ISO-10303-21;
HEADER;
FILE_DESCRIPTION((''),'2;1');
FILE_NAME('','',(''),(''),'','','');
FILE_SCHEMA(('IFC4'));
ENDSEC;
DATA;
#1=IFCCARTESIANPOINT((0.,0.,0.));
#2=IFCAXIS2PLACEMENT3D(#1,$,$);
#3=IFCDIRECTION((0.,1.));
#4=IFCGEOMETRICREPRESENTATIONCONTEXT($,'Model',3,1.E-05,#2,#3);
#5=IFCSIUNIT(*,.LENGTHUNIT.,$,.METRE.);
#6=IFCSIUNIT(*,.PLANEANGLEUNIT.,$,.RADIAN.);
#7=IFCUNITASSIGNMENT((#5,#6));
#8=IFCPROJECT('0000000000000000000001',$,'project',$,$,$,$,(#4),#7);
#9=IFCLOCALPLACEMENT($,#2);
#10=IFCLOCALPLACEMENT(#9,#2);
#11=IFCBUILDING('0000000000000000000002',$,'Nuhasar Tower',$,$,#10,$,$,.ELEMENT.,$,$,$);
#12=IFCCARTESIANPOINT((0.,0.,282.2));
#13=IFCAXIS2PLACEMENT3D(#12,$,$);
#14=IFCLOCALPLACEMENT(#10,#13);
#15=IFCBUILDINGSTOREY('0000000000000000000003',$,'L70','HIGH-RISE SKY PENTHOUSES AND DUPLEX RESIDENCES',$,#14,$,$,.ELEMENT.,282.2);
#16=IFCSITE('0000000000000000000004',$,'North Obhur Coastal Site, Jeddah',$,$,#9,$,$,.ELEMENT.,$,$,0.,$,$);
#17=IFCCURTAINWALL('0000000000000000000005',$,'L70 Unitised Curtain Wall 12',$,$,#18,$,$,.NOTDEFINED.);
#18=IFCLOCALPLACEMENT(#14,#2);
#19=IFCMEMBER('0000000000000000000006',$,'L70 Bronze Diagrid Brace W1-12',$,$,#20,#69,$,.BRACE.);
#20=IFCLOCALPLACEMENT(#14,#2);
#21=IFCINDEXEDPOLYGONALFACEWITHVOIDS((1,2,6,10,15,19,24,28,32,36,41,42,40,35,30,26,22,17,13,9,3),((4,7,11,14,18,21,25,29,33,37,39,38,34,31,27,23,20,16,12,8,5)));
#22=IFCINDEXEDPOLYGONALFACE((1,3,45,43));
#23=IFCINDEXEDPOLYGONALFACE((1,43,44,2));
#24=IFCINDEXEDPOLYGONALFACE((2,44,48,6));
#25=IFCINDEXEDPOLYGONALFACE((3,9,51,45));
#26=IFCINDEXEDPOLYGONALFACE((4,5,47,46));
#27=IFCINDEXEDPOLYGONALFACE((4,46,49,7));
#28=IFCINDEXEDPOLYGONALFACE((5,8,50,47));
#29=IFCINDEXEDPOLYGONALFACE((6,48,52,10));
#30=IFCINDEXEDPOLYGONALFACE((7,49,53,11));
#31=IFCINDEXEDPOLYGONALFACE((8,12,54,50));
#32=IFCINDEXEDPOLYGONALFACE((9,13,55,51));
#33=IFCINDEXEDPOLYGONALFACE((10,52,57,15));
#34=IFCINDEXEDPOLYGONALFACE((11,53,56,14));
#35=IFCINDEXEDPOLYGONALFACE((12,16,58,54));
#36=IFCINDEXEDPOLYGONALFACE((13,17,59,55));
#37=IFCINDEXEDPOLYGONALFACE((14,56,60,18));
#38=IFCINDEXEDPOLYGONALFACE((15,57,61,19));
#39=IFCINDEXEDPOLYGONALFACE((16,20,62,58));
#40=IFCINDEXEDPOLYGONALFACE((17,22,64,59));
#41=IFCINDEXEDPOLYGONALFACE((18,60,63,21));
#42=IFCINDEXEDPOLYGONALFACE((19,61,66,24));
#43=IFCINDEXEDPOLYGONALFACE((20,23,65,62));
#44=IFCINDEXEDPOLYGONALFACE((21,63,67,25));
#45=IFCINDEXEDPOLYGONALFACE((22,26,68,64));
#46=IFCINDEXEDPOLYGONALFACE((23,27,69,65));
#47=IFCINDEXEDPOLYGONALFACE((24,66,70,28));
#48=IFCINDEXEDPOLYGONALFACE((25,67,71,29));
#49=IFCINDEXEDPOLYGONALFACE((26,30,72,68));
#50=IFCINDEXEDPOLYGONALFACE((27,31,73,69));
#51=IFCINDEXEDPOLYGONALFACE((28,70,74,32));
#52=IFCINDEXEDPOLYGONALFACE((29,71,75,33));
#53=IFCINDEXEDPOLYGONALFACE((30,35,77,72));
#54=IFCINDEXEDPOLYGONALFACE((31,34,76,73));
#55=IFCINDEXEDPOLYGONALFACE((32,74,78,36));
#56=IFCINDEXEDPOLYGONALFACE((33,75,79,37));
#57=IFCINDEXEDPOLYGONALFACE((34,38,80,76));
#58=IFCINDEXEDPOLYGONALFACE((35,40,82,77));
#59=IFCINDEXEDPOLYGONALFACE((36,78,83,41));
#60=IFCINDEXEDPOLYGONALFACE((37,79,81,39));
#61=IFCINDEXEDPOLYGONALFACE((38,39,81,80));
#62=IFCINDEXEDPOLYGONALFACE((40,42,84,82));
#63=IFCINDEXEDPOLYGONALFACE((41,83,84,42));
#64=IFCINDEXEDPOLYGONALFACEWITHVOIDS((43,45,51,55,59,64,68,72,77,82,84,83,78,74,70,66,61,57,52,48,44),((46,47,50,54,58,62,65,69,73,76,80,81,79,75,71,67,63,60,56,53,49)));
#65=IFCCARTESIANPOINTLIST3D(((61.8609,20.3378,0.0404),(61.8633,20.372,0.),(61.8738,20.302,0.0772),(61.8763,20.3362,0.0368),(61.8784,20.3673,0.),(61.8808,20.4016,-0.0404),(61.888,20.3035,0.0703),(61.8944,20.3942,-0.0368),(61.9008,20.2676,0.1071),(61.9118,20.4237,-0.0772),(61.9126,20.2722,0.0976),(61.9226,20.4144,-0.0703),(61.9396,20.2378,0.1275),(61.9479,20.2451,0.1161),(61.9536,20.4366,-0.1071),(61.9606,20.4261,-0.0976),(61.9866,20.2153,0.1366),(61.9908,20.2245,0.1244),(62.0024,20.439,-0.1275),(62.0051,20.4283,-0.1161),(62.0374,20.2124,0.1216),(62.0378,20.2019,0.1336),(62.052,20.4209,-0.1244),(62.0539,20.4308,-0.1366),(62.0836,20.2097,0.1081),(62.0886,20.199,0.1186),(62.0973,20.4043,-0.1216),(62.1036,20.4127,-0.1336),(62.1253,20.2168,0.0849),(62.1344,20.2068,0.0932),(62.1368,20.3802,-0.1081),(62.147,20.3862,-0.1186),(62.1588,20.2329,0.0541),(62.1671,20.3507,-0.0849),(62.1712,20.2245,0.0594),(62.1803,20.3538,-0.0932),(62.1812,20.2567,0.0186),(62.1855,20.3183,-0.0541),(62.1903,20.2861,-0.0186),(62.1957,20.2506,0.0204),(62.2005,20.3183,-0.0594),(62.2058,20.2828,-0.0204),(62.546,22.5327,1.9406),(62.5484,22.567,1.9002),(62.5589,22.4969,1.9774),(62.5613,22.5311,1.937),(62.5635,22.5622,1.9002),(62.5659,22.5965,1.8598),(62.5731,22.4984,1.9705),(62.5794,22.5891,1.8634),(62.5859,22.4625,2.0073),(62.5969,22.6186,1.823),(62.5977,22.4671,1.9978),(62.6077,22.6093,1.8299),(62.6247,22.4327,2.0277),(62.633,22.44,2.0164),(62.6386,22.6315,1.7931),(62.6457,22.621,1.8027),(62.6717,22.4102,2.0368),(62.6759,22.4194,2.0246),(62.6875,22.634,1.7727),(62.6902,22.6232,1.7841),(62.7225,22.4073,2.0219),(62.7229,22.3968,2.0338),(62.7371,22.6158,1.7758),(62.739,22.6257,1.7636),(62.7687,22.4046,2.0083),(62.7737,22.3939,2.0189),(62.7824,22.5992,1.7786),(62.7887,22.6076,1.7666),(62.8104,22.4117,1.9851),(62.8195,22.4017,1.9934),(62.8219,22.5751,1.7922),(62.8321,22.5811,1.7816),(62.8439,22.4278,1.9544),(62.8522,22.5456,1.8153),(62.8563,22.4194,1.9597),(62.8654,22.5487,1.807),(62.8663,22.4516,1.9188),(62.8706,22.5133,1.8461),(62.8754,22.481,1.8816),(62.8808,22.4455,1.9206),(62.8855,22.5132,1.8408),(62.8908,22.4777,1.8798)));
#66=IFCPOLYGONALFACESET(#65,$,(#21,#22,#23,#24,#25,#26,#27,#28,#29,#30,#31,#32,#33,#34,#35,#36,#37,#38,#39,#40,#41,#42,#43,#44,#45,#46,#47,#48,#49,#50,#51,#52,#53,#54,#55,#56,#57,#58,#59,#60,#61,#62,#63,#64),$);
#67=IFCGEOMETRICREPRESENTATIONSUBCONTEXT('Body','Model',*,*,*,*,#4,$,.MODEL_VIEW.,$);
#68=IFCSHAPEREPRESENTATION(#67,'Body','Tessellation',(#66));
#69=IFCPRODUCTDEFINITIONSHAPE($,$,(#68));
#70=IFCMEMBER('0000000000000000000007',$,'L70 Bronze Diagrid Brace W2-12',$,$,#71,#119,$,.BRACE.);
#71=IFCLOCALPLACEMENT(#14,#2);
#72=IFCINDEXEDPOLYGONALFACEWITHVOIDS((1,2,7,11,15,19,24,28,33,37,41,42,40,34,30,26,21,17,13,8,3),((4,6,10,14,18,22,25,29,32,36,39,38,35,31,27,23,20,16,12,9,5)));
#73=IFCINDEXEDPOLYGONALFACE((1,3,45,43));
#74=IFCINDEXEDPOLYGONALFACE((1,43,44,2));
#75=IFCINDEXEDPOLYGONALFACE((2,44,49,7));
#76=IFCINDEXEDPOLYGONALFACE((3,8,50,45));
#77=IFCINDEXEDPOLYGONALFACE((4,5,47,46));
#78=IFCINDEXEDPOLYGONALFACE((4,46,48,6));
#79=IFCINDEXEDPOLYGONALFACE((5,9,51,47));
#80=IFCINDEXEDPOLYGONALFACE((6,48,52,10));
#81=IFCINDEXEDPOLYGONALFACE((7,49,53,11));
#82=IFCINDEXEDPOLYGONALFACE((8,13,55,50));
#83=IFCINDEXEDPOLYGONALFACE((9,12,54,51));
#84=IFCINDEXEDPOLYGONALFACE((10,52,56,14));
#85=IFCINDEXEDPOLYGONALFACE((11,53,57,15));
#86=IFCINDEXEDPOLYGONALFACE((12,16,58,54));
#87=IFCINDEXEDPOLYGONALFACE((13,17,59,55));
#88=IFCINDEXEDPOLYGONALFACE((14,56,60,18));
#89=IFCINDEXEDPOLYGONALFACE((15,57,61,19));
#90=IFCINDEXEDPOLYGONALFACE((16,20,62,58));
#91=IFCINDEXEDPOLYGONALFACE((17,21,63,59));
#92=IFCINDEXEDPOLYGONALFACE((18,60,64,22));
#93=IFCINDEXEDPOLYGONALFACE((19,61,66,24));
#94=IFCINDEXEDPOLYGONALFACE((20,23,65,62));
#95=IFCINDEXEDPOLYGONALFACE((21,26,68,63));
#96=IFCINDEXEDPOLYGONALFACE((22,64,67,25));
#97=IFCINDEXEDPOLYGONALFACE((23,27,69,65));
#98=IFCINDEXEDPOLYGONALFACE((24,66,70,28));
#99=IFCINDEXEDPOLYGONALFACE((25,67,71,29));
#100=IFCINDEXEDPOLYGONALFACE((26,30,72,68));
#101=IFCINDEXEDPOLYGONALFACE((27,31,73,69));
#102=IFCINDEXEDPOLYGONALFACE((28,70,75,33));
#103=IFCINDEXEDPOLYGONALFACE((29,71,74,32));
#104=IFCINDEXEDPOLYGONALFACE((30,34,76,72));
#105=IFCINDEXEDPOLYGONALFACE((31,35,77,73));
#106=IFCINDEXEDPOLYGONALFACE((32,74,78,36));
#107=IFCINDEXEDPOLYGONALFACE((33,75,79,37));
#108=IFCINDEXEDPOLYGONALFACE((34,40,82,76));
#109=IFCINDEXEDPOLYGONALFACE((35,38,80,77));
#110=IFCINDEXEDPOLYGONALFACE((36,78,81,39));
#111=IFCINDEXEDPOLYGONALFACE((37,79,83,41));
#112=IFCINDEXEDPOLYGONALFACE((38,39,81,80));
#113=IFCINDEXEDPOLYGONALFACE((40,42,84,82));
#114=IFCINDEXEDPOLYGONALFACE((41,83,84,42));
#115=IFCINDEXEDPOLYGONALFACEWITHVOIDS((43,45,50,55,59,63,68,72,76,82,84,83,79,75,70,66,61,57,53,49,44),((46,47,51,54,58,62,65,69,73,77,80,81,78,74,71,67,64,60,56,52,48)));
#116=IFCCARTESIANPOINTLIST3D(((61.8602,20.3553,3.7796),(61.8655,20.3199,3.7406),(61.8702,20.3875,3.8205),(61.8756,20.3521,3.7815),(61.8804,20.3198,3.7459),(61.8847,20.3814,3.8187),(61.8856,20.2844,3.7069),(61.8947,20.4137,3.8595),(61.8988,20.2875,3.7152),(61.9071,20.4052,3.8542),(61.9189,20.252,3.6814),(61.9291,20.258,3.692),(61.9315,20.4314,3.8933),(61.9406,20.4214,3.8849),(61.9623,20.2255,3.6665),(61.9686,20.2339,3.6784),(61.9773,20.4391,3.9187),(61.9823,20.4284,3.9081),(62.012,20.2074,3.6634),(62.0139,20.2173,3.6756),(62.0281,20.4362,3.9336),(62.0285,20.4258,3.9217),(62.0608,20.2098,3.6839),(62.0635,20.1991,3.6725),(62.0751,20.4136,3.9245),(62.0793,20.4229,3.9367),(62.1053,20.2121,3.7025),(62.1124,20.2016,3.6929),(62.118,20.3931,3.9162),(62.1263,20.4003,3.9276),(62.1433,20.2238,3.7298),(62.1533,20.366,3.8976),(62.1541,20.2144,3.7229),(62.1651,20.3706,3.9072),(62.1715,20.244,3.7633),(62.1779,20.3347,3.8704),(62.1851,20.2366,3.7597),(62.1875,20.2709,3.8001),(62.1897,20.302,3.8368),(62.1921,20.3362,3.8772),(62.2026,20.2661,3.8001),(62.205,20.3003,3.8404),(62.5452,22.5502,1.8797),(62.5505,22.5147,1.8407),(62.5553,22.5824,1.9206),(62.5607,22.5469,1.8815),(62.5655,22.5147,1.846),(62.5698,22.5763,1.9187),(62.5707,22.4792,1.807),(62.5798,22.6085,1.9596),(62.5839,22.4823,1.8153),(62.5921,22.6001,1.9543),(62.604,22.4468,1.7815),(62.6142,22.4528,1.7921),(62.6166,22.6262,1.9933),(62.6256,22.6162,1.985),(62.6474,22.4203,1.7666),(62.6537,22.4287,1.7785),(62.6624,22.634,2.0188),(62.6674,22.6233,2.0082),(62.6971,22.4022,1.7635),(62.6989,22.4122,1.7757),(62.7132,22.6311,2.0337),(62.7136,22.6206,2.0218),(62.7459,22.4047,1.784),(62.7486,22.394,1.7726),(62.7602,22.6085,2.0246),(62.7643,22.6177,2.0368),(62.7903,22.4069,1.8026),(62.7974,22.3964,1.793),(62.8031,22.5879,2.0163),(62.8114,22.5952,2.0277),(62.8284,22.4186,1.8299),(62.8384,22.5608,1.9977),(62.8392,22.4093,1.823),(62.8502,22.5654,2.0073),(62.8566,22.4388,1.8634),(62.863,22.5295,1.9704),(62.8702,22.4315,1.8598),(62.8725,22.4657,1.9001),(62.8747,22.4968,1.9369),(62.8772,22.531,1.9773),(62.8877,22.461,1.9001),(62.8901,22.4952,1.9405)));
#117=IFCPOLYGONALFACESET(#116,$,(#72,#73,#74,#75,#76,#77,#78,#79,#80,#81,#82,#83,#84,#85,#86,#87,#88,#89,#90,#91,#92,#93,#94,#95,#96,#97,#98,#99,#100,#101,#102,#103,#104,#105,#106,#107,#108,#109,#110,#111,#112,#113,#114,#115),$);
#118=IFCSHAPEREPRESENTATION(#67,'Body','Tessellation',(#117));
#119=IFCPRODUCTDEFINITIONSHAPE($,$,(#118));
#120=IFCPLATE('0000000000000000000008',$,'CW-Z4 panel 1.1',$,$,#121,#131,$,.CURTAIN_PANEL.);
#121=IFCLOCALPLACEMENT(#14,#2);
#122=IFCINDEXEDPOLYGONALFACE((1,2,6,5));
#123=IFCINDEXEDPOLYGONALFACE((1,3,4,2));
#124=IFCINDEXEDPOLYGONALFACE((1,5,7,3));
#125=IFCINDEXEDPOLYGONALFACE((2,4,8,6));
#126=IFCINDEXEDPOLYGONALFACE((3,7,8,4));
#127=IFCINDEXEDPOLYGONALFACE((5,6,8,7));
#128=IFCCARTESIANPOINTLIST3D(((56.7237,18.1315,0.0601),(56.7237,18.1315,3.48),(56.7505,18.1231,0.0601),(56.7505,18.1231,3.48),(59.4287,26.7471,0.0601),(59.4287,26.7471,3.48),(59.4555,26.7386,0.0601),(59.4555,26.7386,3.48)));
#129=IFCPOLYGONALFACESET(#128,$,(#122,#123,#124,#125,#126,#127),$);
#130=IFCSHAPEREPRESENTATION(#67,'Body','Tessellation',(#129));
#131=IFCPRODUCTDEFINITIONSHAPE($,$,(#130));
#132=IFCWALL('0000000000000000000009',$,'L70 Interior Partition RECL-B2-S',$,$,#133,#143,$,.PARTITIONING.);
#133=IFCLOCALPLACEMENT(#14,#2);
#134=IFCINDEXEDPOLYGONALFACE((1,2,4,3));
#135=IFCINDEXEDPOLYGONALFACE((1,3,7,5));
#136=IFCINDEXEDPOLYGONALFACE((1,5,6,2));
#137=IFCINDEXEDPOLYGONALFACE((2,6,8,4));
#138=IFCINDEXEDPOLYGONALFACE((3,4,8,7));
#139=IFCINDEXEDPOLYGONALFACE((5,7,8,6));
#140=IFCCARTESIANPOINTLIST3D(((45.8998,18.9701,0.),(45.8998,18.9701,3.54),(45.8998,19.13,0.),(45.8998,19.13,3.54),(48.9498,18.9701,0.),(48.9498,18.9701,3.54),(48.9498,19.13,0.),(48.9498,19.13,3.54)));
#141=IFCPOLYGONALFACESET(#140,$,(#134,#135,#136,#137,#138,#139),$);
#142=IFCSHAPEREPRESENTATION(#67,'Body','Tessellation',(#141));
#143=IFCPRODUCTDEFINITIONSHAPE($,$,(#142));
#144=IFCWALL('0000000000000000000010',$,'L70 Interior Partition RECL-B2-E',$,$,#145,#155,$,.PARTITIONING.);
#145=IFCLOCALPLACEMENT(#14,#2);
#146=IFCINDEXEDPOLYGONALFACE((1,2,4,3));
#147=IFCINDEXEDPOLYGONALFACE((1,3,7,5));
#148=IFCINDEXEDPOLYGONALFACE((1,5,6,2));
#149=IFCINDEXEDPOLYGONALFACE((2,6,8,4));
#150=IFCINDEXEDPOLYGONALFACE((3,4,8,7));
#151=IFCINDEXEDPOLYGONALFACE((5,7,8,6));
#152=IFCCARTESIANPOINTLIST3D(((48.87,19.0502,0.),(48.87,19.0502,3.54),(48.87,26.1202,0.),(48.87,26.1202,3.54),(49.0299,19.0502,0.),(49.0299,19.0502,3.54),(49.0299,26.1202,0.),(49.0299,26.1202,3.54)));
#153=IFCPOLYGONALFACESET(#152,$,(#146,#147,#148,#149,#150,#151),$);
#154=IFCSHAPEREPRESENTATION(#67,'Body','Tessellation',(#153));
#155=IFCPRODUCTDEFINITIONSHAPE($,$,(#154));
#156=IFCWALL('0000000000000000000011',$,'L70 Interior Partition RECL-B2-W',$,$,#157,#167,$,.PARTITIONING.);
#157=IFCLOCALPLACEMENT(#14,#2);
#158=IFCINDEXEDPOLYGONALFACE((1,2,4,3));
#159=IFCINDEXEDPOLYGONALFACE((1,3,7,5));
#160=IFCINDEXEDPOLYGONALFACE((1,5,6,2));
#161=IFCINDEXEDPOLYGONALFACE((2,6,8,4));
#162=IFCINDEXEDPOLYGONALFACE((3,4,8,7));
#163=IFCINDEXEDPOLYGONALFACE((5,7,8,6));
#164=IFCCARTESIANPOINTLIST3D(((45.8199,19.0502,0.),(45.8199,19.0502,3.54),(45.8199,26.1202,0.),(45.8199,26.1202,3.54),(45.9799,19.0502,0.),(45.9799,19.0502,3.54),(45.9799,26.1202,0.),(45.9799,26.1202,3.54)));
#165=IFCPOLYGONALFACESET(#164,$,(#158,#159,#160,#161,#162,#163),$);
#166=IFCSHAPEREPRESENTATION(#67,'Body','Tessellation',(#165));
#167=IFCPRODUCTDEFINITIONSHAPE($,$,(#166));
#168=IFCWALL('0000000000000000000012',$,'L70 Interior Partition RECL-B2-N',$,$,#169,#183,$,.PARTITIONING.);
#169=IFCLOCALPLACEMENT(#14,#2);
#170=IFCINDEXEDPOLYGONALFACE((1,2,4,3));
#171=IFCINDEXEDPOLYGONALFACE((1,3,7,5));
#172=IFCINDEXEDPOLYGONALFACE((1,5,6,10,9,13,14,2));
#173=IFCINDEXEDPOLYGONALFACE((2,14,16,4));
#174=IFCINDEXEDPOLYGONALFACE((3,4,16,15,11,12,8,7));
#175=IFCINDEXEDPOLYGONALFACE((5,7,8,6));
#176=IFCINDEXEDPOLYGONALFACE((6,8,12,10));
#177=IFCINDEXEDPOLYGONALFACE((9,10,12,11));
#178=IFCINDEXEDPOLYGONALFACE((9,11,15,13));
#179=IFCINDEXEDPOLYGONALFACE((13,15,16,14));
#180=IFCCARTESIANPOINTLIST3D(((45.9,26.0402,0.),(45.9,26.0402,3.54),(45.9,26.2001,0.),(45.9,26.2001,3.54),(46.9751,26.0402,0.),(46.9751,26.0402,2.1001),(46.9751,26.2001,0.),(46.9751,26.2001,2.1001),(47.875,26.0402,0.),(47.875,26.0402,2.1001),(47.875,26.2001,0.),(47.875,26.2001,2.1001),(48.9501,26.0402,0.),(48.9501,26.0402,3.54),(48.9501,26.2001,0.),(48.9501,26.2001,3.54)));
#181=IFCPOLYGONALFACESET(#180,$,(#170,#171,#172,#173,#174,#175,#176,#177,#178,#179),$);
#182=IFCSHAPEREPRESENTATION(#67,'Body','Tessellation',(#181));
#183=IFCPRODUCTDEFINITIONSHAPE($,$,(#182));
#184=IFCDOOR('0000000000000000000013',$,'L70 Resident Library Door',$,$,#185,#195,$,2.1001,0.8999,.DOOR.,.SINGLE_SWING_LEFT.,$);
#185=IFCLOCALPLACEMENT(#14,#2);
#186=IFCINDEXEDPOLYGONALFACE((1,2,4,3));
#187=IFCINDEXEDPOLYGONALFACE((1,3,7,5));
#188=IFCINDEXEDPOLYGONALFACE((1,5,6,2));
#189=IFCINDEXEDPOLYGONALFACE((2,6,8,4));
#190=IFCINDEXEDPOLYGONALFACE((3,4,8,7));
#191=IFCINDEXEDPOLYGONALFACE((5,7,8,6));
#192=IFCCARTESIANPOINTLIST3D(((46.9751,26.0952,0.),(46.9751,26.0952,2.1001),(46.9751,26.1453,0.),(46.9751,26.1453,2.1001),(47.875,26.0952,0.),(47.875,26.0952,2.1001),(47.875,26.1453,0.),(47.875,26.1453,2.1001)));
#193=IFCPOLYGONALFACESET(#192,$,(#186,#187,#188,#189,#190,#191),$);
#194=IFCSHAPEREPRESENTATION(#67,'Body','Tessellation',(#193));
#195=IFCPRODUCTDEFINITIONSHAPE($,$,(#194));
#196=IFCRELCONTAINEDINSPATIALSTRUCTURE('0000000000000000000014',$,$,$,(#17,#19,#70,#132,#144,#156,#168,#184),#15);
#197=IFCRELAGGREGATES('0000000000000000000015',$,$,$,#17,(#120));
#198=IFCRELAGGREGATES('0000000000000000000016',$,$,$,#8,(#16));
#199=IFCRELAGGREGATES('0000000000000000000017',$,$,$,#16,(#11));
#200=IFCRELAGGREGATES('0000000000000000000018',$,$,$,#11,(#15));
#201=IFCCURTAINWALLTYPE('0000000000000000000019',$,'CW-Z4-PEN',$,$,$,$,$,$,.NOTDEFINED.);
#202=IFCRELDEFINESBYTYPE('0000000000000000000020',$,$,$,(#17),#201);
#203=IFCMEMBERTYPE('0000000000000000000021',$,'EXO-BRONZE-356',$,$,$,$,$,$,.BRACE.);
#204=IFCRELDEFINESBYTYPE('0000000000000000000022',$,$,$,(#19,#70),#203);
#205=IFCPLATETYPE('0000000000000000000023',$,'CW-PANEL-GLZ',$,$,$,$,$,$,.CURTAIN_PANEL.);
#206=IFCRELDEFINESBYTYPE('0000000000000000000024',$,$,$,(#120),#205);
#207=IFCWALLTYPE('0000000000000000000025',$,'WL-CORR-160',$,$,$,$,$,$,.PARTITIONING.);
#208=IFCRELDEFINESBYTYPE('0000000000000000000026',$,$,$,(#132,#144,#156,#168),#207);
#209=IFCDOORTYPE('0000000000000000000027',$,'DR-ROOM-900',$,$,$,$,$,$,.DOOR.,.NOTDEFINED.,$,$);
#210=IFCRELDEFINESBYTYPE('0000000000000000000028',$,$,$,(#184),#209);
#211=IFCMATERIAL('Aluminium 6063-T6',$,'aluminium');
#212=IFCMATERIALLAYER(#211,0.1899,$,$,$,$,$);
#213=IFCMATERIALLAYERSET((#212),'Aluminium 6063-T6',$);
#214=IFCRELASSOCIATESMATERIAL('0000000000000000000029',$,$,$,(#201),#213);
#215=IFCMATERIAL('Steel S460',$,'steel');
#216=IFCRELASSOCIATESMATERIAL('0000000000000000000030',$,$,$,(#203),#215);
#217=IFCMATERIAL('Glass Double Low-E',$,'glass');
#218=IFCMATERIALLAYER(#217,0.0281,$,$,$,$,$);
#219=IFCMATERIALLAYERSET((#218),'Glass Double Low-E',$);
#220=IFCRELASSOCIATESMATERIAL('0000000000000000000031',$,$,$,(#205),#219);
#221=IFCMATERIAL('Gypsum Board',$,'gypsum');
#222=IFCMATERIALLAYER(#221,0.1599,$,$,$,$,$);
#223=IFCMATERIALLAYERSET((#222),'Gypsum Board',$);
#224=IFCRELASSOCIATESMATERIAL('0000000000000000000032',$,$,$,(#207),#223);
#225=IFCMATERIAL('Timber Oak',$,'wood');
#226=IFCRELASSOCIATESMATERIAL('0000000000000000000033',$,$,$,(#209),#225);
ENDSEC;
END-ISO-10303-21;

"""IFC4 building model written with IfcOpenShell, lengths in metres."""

from ifc_helpers import new_model, si_unit, direction, frame, frame_2d, origin, origin_2d, place, context, subcontext, project, spatial, rectangle, hollow_circle, extrude, material, layer, layer_set, material_profile, profile_set, type_object, element, fill, aggregate, save


model = new_model("IFC4")

# Units and contexts
model_context = context("Model", 3, precision=1e-05, world=origin(), true_north=direction((0.0, 1.0)))
body_context = subcontext(model_context, "Body", "Model", "MODEL_VIEW")
ifc_project = project(units=[si_unit("LENGTHUNIT", "METRE"), si_unit("PLANEANGLEUNIT", "RADIAN")], contexts=[model_context])

# Site, building, storey
site_placement = place(None, origin())
site = spatial("IfcSite", under=ifc_project, at=site_placement, Name="North Obhur Coastal Site, Jeddah", CompositionType="ELEMENT", RefElevation=0.0)
building_placement = place(site_placement, origin())
building = spatial("IfcBuilding", under=site, at=building_placement, Name="Nuhasar Tower", CompositionType="ELEMENT")
storey_placement = place(building_placement, frame((0.0, 0.0, 282.2)))
storey = spatial("IfcBuildingStorey", under=building, at=storey_placement, Name="L70", Description="HIGH-RISE SKY PENTHOUSES AND DUPLEX RESIDENCES", CompositionType="ELEMENT", Elevation=282.2)

# Shared definitions
ifc_material_1 = material(Name="Aluminium 6063-T6", Category="aluminium")
ifc_layer_1 = layer(ifc_material_1, 0.1899)
ifc_layer_set_1 = layer_set([ifc_layer_1], Name="Aluminium 6063-T6")
curtain_wall_type = type_object("IfcCurtainWallType", Name="CW-Z4-PEN", PredefinedType="NOTDEFINED", material=ifc_layer_set_1)

# Curtain wall
curtain_wall_1_placement = place(storey_placement, origin())
curtain_wall_1 = element("IfcCurtainWall", 1, at=curtain_wall_1_placement, inside=storey, type_object=curtain_wall_type, Name="L70 Unitised Curtain Wall 12", PredefinedType="NOTDEFINED")

# Members
ifc_material_2 = material(Name="Steel S460", Category="steel")
ifc_material_profile_1 = material_profile(ifc_material_2, hollow_circle(Radius=0.1777, WallThickness=0.0159, at=origin_2d()), Name="HSS355.6X15.9")
ifc_profile_set_1 = profile_set([ifc_material_profile_1], Name="Steel S460")
member_type_1 = type_object("IfcMemberType", Name="EXO-BRONZE-356", PredefinedType="BRACE", material=ifc_profile_set_1)
member_1_placement = place(storey_placement, frame((62.033, 20.3191, 0.0), z_axis=(0.229669, 0.735826, 0.637034), x_axis=(-0.954582, 0.297948, 0.0)))
element("IfcMember", 2, at=member_1_placement, inside=storey, type_object=member_type_1, Name="L70 Bronze Diagrid Brace W1-12", PredefinedType="BRACE", context=body_context, shape_type="SweptSolid", body=[
    extrude(hollow_circle(Radius=0.1777, WallThickness=0.0159, at=origin_2d()), origin(), (0.0, 0.0, 1.0), 2.9829),
])
member_2_placement = place(storey_placement, frame((62.718, 22.5139, 1.9001), z_axis=(-0.229681, -0.735864, 0.636985), x_axis=(0.954582, -0.297948, 0.0)))
element("IfcMember", 3, at=member_2_placement, inside=storey, type_object=member_type_1, Name="L70 Bronze Diagrid Brace W2-12", PredefinedType="BRACE", context=body_context, shape_type="SweptSolid", body=[
    extrude(hollow_circle(Radius=0.1777, WallThickness=0.0159, at=origin_2d()), origin(), (0.0, 0.0, 1.0), 2.9827),
])

# Plate
ifc_material_3 = material(Name="Glass Double Low-E", Category="glass")
ifc_layer_2 = layer(ifc_material_3, 0.0281)
ifc_layer_set_2 = layer_set([ifc_layer_2], Name="Glass Double Low-E")
plate_type = type_object("IfcPlateType", Name="CW-PANEL-GLZ", PredefinedType="CURTAIN_PANEL", material=ifc_layer_set_2)
plate_placement = place(storey_placement, frame((58.0896, 22.4351, 0.0601), z_axis=(0.0, 0.0, 1.0), x_axis=(0.299557, 0.954079, 0.0)))
plate = element("IfcPlate", 4, at=plate_placement, type_object=plate_type, Name="CW-Z4 panel 1.1", PredefinedType="CURTAIN_PANEL", context=body_context, shape_type="SweptSolid", body=[
    extrude(rectangle(XDim=9.0303, YDim=0.0281, at=origin_2d()), origin(), (0.0, 0.0, 1.0), 3.4199),
])
aggregate(curtain_wall_1, [plate])

# Walls
ifc_material_4 = material(Name="Gypsum Board", Category="gypsum")
ifc_layer_3 = layer(ifc_material_4, 0.1599)
ifc_layer_set_3 = layer_set([ifc_layer_3], Name="Gypsum Board")
wall_type_1 = type_object("IfcWallType", Name="WL-CORR-160", PredefinedType="PARTITIONING", material=ifc_layer_set_3)
wall_1_placement = place(storey_placement, frame((45.8999, 19.05, 0.0), z_axis=(0.0, 0.0, 1.0), x_axis=(1.0, 0.0, 0.0)))
element("IfcWall", 5, at=wall_1_placement, inside=storey, type_object=wall_type_1, Name="L70 Interior Partition RECL-B2-S", PredefinedType="PARTITIONING", context=body_context, shape_type="SweptSolid", body=[
    extrude(rectangle(XDim=3.05, YDim=0.1599, at=frame_2d((1.5249, 0.0))), origin(), (0.0, 0.0, 1.0), 3.54),
])
for number, where, z_axis, x_axis, name in (
    (6, (48.95, 19.05, 0.0), (0.0, 0.0, 1.0), (0.0, 1.0, 0.0), "L70 Interior Partition RECL-B2-E"),
    (7, (45.8999, 19.05, 0.0), (0.0, 0.0, 1.0), (0.0, 1.0, 0.0), "L70 Interior Partition RECL-B2-W"),
):
    element("IfcWall", number, at=place(storey_placement, frame(where, z_axis=z_axis, x_axis=x_axis)), inside=storey, type_object=wall_type_1, Name=name, PredefinedType="PARTITIONING", context=body_context, shape_type="SweptSolid", body=[
        extrude(rectangle(XDim=7.0701, YDim=0.1599, at=frame_2d((3.5352, 0.0))), origin(), (0.0, 0.0, 1.0), 3.54),
    ])

# Wall, opening, door
wall_2_placement = place(storey_placement, frame((48.95, 26.1201, 0.0), z_axis=(0.0, 0.0, 1.0), x_axis=(-1.0, 0.0, 0.0)))
wall_2 = element("IfcWall", 8, at=wall_2_placement, inside=storey, type_object=wall_type_1, Name="L70 Interior Partition RECL-B2-N", PredefinedType="PARTITIONING", context=body_context, shape_type="SweptSolid", body=[
    extrude(rectangle(XDim=3.05, YDim=0.1599, at=frame_2d((1.5249, 0.0))), origin(), (0.0, 0.0, 1.0), 3.54),
])
opening_1_placement = place(wall_2_placement, frame((1.075, 0.0, 0.0)))
opening_1 = element("IfcOpeningElement", 9, at=opening_1_placement, cuts=wall_2, PredefinedType="OPENING", context=body_context, shape_type="SweptSolid", body=[
    extrude(rectangle(XDim=0.8999, YDim=2.1001, at=frame_2d((0.45, 1.05))), frame((0.0, 0.0898, 0.0), z_axis=(0.0, -1.0, 0.0), x_axis=(1.0, 0.0, 0.0)), (0.0, 0.0, 1.0), 0.1799),
])
ifc_material_5 = material(Name="Timber Oak", Category="wood")
door_type_1 = type_object("IfcDoorType", Name="DR-ROOM-900", OperationType="NOTDEFINED", PredefinedType="DOOR", material=ifc_material_5)
door_1_placement = place(opening_1_placement, origin())
door_1 = element("IfcDoor", 10, at=door_1_placement, inside=storey, type_object=door_type_1, Name="L70 Resident Library Door", OperationType="SINGLE_SWING_LEFT", OverallHeight=2.1001, OverallWidth=0.8999, PredefinedType="DOOR", context=body_context, shape_type="SweptSolid", body=[
    extrude(rectangle(XDim=0.8999, YDim=2.1001, at=frame_2d((0.45, 1.05))), frame((0.0, 0.0249, 0.0), z_axis=(0.0, -1.0, 0.0), x_axis=(1.0, 0.0, 0.0)), (0.0, 0.0, 1.0), 0.05),
])
fill(opening_1, door_1)

save(model, "model.ifc")
